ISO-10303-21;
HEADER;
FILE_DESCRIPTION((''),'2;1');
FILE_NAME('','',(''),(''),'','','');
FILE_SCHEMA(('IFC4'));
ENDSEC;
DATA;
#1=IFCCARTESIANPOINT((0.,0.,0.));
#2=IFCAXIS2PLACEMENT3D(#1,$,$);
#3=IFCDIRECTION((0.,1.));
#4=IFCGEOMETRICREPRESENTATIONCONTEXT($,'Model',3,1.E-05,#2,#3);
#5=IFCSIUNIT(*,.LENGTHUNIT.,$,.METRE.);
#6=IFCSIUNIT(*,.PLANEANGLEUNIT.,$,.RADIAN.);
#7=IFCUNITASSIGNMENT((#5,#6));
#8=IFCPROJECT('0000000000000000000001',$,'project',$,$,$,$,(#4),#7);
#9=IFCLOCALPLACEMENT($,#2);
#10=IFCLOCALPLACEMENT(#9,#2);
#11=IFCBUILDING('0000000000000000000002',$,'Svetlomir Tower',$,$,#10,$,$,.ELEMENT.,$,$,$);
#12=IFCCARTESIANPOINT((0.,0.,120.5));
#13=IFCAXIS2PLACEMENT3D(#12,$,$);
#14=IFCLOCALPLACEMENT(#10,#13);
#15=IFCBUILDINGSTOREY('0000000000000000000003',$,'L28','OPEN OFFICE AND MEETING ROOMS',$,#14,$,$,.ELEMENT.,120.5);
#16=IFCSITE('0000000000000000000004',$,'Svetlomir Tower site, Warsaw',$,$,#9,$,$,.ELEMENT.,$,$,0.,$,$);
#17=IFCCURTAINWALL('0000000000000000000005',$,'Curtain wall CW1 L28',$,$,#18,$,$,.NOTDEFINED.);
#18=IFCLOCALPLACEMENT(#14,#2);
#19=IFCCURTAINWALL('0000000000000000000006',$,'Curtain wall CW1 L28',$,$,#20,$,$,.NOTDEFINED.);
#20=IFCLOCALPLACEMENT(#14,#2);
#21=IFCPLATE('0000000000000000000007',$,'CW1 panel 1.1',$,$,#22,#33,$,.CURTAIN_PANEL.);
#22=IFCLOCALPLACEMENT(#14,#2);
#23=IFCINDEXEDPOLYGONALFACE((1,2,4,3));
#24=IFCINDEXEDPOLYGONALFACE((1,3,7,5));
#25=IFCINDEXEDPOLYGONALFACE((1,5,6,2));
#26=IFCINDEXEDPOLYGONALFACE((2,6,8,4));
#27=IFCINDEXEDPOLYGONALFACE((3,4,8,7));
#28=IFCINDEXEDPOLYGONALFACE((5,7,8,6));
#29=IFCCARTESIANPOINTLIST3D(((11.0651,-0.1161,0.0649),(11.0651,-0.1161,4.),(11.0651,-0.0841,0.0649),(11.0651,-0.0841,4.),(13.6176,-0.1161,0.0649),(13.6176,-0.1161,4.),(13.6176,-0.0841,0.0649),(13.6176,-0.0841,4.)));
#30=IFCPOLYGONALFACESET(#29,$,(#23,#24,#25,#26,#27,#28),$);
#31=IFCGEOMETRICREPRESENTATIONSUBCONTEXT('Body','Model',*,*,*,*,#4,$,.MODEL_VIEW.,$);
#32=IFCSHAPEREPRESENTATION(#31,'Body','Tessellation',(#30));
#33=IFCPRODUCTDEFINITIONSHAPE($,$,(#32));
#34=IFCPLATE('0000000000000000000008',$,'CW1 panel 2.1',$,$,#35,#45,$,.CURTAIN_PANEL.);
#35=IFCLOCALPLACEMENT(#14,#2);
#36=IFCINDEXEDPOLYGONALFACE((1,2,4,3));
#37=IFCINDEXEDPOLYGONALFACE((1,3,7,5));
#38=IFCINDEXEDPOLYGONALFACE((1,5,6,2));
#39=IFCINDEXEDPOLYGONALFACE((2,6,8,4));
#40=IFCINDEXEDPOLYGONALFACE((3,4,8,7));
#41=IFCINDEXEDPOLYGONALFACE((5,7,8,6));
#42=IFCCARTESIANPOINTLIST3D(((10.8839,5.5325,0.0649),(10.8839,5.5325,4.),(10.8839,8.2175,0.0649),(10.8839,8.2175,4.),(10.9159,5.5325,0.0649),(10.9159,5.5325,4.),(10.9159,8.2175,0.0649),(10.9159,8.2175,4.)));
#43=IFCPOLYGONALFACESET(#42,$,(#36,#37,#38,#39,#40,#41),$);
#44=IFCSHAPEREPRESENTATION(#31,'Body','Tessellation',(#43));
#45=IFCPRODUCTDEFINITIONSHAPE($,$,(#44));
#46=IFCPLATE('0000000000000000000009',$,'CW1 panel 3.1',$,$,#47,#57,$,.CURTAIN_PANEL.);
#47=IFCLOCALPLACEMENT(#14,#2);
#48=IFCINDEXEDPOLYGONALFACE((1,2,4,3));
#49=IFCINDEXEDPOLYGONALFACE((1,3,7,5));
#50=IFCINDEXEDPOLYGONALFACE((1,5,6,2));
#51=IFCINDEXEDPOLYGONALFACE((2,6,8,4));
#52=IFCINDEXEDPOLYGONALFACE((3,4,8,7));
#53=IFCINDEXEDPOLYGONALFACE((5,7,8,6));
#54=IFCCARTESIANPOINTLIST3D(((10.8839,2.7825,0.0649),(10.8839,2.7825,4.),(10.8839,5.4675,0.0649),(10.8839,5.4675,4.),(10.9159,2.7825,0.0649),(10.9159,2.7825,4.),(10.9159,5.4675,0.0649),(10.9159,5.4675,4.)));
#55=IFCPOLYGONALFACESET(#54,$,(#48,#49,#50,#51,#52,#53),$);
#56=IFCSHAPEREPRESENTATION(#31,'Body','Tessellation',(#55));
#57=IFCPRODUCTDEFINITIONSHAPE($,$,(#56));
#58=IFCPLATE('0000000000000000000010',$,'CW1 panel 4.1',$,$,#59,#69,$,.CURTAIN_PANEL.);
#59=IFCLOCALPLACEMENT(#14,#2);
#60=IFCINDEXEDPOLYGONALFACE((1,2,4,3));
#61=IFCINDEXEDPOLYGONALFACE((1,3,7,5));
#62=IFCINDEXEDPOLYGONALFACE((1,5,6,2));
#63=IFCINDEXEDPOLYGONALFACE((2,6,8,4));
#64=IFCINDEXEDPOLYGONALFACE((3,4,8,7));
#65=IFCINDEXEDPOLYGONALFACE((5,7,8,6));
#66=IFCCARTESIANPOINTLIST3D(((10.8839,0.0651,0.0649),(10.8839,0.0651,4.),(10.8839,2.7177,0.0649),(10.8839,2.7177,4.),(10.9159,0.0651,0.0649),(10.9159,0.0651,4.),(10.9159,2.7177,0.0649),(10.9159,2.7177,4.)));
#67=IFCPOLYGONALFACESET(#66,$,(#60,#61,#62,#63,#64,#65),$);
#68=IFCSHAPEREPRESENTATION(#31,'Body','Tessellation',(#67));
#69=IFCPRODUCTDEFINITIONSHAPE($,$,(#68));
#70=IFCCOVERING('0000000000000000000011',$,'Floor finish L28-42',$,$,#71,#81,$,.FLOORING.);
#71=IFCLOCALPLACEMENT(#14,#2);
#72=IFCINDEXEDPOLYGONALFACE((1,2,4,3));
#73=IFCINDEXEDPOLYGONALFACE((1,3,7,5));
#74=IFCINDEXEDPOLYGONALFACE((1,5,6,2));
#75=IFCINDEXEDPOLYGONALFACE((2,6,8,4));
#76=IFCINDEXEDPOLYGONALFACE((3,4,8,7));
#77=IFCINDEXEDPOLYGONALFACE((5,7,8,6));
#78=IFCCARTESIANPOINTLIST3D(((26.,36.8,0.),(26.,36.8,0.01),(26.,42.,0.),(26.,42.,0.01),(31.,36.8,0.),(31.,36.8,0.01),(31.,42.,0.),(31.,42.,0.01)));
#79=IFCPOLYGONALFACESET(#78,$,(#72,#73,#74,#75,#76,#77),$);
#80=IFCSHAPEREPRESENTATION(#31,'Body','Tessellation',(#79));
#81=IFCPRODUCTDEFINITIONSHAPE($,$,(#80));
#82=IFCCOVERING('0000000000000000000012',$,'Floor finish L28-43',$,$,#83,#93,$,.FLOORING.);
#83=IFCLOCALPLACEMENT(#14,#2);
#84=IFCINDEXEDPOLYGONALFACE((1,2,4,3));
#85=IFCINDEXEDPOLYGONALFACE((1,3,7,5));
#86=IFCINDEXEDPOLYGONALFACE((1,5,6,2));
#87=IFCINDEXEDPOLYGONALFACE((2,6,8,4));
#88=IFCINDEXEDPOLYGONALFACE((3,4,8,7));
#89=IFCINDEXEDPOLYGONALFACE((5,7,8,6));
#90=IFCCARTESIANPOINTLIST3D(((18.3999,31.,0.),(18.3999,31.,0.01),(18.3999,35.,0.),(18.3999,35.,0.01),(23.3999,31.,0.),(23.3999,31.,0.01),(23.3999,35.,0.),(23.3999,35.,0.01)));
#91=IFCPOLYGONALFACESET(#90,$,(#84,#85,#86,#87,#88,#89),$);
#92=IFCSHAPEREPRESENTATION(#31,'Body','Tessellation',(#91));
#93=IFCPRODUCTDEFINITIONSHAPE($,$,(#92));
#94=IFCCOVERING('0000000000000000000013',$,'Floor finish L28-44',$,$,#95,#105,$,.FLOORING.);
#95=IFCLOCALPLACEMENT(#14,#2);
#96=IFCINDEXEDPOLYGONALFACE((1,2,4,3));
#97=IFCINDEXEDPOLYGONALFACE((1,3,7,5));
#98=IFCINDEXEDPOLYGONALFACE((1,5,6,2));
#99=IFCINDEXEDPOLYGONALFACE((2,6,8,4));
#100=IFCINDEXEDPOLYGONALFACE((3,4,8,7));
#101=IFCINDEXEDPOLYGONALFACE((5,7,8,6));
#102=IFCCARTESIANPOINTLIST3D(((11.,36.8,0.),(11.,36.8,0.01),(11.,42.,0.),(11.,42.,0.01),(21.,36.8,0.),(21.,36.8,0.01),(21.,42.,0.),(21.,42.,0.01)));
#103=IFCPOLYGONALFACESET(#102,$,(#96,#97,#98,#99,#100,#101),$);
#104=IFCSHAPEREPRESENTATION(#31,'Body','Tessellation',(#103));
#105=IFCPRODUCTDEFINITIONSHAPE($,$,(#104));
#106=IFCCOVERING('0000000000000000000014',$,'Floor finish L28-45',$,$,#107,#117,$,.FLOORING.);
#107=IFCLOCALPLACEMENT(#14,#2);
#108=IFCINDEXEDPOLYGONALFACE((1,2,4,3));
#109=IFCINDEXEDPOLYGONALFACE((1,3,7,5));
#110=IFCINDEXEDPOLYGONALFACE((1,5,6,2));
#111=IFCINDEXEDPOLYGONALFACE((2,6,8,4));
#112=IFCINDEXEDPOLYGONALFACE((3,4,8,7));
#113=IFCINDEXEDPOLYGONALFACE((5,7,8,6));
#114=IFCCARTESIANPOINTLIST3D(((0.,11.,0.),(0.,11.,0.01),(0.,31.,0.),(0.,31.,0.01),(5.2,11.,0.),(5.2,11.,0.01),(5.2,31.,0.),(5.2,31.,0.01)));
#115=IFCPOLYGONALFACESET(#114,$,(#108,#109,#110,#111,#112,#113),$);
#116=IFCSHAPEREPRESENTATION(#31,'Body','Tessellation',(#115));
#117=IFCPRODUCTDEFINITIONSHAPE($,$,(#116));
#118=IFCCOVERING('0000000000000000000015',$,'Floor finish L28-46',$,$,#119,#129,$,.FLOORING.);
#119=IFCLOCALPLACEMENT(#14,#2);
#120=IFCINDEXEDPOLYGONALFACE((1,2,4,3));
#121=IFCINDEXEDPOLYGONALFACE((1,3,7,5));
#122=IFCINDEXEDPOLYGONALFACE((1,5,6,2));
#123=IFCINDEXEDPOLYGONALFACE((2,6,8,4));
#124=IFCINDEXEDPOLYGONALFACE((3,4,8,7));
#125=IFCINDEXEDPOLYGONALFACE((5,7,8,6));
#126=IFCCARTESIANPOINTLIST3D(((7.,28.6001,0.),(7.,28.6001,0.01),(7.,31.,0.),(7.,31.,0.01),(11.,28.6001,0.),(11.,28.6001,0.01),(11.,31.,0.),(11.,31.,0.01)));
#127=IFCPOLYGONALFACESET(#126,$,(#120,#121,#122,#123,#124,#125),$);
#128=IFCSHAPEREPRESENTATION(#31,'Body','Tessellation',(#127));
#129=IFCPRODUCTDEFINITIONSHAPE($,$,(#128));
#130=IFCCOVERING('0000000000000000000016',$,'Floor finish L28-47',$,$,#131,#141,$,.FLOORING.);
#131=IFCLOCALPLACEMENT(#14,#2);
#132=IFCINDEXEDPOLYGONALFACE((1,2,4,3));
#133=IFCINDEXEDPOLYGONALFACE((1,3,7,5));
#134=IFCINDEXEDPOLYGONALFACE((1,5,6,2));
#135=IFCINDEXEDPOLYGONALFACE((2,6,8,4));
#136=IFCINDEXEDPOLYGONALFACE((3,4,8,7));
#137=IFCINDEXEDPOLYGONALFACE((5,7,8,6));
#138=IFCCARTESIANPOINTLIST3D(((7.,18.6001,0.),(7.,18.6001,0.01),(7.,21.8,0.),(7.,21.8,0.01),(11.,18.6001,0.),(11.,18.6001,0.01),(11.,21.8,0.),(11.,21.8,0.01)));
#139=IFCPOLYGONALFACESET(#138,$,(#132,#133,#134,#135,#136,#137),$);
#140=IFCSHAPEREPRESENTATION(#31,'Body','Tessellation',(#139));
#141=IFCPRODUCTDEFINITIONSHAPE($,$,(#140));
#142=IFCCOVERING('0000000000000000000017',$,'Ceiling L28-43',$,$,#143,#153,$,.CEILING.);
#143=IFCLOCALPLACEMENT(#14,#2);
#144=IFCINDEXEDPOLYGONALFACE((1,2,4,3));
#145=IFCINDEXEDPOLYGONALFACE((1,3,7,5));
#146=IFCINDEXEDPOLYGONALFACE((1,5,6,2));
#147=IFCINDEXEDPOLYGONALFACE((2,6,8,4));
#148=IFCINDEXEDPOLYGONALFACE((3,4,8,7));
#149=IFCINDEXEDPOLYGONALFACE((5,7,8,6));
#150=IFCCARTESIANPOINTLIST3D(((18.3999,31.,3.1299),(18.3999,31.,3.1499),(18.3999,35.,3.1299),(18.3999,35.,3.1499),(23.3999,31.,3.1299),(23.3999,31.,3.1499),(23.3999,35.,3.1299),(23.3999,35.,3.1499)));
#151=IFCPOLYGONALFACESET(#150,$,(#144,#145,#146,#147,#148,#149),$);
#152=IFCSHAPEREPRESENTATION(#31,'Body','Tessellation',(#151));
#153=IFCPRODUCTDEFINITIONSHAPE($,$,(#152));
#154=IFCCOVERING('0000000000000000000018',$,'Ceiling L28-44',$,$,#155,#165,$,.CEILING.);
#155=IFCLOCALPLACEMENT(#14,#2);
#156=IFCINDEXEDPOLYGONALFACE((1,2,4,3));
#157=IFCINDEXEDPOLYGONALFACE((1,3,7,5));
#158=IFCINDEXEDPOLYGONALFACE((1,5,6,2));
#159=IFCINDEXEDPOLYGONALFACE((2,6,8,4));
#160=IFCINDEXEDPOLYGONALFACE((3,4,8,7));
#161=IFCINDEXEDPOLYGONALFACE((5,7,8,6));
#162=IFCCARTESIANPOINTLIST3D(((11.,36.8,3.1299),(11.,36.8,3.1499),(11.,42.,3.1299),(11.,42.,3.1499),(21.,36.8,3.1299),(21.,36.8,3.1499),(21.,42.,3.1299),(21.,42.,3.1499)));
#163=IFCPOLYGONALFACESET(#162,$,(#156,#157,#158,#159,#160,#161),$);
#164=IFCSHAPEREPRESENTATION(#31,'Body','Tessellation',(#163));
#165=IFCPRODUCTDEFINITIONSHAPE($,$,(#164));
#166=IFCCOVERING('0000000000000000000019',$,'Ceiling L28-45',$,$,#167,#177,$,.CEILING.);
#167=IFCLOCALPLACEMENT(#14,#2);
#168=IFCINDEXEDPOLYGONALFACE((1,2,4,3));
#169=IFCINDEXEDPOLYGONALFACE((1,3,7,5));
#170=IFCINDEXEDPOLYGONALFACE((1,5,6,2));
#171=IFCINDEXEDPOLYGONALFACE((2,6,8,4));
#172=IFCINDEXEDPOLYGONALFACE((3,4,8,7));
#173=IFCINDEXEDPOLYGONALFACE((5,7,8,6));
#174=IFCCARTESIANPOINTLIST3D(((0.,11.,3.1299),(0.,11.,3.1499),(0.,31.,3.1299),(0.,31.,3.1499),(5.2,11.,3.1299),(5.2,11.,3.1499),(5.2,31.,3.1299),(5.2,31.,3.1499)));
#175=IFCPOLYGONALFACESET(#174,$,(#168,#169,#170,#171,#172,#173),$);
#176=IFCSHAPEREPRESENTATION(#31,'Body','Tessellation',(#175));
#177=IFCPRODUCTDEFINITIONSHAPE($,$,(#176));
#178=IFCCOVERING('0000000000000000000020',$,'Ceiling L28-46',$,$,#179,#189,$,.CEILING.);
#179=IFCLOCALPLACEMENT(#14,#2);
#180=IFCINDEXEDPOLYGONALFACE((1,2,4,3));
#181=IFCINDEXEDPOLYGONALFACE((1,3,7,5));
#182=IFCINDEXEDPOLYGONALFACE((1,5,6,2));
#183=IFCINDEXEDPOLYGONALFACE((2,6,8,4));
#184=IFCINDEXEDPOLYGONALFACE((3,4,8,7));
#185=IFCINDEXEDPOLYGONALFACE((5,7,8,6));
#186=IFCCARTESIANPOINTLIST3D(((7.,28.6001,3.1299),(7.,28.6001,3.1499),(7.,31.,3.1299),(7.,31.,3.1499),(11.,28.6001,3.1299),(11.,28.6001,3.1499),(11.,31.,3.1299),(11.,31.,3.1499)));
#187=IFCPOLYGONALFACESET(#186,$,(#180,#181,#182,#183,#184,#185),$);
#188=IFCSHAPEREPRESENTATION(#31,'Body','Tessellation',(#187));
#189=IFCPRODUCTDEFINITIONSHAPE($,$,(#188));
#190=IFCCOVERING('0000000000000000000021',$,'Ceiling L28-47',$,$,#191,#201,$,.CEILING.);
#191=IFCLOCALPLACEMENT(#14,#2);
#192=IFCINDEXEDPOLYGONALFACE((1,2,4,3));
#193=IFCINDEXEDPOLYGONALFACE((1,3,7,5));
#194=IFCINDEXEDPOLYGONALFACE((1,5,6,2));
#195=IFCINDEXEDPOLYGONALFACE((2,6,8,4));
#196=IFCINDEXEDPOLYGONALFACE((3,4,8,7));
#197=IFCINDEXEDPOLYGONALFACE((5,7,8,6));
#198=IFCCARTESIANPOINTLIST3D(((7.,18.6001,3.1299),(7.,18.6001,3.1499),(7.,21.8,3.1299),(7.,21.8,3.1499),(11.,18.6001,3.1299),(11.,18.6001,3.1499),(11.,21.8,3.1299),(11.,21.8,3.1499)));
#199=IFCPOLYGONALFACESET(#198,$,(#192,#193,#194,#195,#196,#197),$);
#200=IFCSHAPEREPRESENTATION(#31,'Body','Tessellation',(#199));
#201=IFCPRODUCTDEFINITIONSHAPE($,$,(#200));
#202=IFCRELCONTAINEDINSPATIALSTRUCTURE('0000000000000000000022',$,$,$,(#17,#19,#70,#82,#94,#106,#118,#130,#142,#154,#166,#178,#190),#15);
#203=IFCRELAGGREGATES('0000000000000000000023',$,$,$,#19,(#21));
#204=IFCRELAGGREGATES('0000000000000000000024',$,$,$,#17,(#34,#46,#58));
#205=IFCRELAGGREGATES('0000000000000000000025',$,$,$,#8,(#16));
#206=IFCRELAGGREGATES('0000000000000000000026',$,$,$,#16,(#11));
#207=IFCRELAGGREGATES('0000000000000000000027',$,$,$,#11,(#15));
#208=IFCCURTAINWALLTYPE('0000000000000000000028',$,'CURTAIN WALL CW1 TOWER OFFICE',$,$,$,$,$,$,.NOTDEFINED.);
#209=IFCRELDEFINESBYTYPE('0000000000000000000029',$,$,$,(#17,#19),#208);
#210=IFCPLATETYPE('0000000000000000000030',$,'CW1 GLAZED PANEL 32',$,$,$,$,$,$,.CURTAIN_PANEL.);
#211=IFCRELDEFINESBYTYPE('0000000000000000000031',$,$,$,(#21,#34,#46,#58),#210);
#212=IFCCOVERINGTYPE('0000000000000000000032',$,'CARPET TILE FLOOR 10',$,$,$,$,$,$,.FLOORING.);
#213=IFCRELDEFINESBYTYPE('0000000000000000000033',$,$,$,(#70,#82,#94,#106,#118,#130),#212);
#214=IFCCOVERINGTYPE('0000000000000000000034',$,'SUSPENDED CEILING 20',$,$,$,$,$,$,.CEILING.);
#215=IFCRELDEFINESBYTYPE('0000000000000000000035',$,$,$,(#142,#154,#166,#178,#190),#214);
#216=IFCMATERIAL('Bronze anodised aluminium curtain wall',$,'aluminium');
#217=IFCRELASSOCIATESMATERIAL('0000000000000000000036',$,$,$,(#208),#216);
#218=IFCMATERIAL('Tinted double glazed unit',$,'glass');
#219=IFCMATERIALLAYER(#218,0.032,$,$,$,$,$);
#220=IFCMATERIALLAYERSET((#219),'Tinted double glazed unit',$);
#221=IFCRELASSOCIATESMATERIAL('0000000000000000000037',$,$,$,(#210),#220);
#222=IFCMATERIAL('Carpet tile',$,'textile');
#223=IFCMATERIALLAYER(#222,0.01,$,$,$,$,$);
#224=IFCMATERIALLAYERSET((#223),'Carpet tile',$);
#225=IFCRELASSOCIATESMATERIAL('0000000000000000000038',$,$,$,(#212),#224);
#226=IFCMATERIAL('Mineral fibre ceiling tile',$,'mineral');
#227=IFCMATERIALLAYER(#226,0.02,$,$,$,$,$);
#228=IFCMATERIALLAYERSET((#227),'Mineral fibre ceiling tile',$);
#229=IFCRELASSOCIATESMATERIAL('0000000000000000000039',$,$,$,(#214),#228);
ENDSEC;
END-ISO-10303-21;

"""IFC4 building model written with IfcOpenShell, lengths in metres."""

from ifc_helpers import new_model, si_unit, direction, frame, origin, origin_2d, place, context, subcontext, project, spatial, polyline, rectangle, outline, extrude, material, layer, layer_set, type_object, element, aggregate, save


model = new_model("IFC4")

# Units and contexts
model_context = context("Model", 3, precision=1e-05, world=origin(), true_north=direction((0.0, 1.0)))
body_context = subcontext(model_context, "Body", "Model", "MODEL_VIEW")
ifc_project = project(units=[si_unit("LENGTHUNIT", "METRE"), si_unit("PLANEANGLEUNIT", "RADIAN")], contexts=[model_context])

# Site, building, storey
site_placement = place(None, origin())
site = spatial("IfcSite", under=ifc_project, at=site_placement, Name="Svetlomir Tower site, Warsaw", CompositionType="ELEMENT", RefElevation=0.0)
building_placement = place(site_placement, origin())
building = spatial("IfcBuilding", under=site, at=building_placement, Name="Svetlomir Tower", CompositionType="ELEMENT")
storey_placement = place(building_placement, frame((0.0, 0.0, 120.5)))
storey = spatial("IfcBuildingStorey", under=building, at=storey_placement, Name="L28", Description="OPEN OFFICE AND MEETING ROOMS", CompositionType="ELEMENT", Elevation=120.5)

# Curtain wall
ifc_material_1 = material(Name="Bronze anodised aluminium curtain wall", Category="aluminium")
curtain_wall_type = type_object("IfcCurtainWallType", Name="CURTAIN WALL CW1 TOWER OFFICE", PredefinedType="NOTDEFINED", material=ifc_material_1)
curtain_wall_1_placement = place(storey_placement, origin())
curtain_wall_1 = element("IfcCurtainWall", 1, at=curtain_wall_1_placement, inside=storey, type_object=curtain_wall_type, Name="Curtain wall CW1 L28", PredefinedType="NOTDEFINED")

# Curtain wall
curtain_wall_2_placement = place(storey_placement, origin())
curtain_wall_2 = element("IfcCurtainWall", 2, at=curtain_wall_2_placement, inside=storey, type_object=curtain_wall_type, Name="Curtain wall CW1 L28", PredefinedType="NOTDEFINED")

# Plates
ifc_material_2 = material(Name="Tinted double glazed unit", Category="glass")
ifc_layer_1 = layer(ifc_material_2, 0.032)
ifc_layer_set_1 = layer_set([ifc_layer_1], Name="Tinted double glazed unit")
plate_type = type_object("IfcPlateType", Name="CW1 GLAZED PANEL 32", PredefinedType="CURTAIN_PANEL", material=ifc_layer_set_1)
plate_1_placement = place(storey_placement, frame((12.3413, -0.1001, 0.0649), z_axis=(0.0, 0.0, 1.0), x_axis=(1.0, 0.0, 0.0)))
plate_1 = element("IfcPlate", 3, at=plate_1_placement, type_object=plate_type, Name="CW1 panel 1.1", PredefinedType="CURTAIN_PANEL", context=body_context, shape_type="SweptSolid", body=[
    extrude(rectangle(XDim=2.5525, YDim=0.032, at=origin_2d()), origin(), (0.0, 0.0, 1.0), 3.9351),
])
aggregate(curtain_wall_2, [plate_1])
plate_2_placement = place(storey_placement, frame((10.8999, 6.875, 0.0649), z_axis=(0.0, 0.0, 1.0), x_axis=(0.0, -1.0, 0.0)))
plate_2 = element("IfcPlate", 4, at=plate_2_placement, type_object=plate_type, Name="CW1 panel 2.1", PredefinedType="CURTAIN_PANEL", context=body_context, shape_type="SweptSolid", body=[
    extrude(rectangle(XDim=2.6851, YDim=0.032, at=origin_2d()), origin(), (0.0, 0.0, 1.0), 3.9351),
])
plate_3_placement = place(storey_placement, frame((10.8999, 4.125, 0.0649), z_axis=(0.0, 0.0, 1.0), x_axis=(0.0, -1.0, 0.0)))
plate_3 = element("IfcPlate", 5, at=plate_3_placement, type_object=plate_type, Name="CW1 panel 3.1", PredefinedType="CURTAIN_PANEL", context=body_context, shape_type="SweptSolid", body=[
    extrude(rectangle(XDim=2.6851, YDim=0.032, at=origin_2d()), origin(), (0.0, 0.0, 1.0), 3.9351),
])
plate_4_placement = place(storey_placement, frame((10.8999, 1.3914, 0.0649), z_axis=(0.0, 0.0, 1.0), x_axis=(0.0, -1.0, 0.0)))
plate_4 = element("IfcPlate", 6, at=plate_4_placement, type_object=plate_type, Name="CW1 panel 4.1", PredefinedType="CURTAIN_PANEL", context=body_context, shape_type="SweptSolid", body=[
    extrude(rectangle(XDim=2.6526, YDim=0.032, at=origin_2d()), origin(), (0.0, 0.0, 1.0), 3.9351),
])
aggregate(curtain_wall_1, [plate_2, plate_3, plate_4])

# Coverings
ifc_material_3 = material(Name="Carpet tile", Category="textile")
ifc_layer_2 = layer(ifc_material_3, 0.01)
ifc_layer_set_2 = layer_set([ifc_layer_2], Name="Carpet tile")
covering_type_1 = type_object("IfcCoveringType", Name="CARPET TILE FLOOR 10", PredefinedType="FLOORING", material=ifc_layer_set_2)
covering_1_placement = place(storey_placement, origin())
element("IfcCovering", 7, at=covering_1_placement, inside=storey, type_object=covering_type_1, Name="Floor finish L28-42", PredefinedType="FLOORING", context=body_context, shape_type="SweptSolid", body=[
    extrude(outline(polyline([(26.0, 36.8), (26.0, 42.0), (31.0, 42.0), (31.0, 36.8), (26.0, 36.8)])), origin(), (0.0, 0.0, 1.0), 0.01),
])
covering_2_placement = place(storey_placement, origin())
element("IfcCovering", 8, at=covering_2_placement, inside=storey, type_object=covering_type_1, Name="Floor finish L28-43", PredefinedType="FLOORING", context=body_context, shape_type="SweptSolid", body=[
    extrude(outline(polyline([(18.3999, 31.0), (18.3999, 35.0), (23.3999, 35.0), (23.3999, 31.0), (18.3999, 31.0)])), origin(), (0.0, 0.0, 1.0), 0.01),
])
covering_3_placement = place(storey_placement, origin())
element("IfcCovering", 9, at=covering_3_placement, inside=storey, type_object=covering_type_1, Name="Floor finish L28-44", PredefinedType="FLOORING", context=body_context, shape_type="SweptSolid", body=[
    extrude(outline(polyline([(21.0, 42.0), (21.0, 36.8), (11.0, 36.8), (11.0, 42.0), (21.0, 42.0)])), origin(), (0.0, 0.0, 1.0), 0.01),
])
covering_4_placement = place(storey_placement, origin())
element("IfcCovering", 10, at=covering_4_placement, inside=storey, type_object=covering_type_1, Name="Floor finish L28-45", PredefinedType="FLOORING", context=body_context, shape_type="SweptSolid", body=[
    extrude(outline(polyline([(5.2, 31.0), (5.2, 11.0), (0.0, 11.0), (0.0, 31.0), (5.2, 31.0)])), origin(), (0.0, 0.0, 1.0), 0.01),
])
covering_5_placement = place(storey_placement, origin())
element("IfcCovering", 11, at=covering_5_placement, inside=storey, type_object=covering_type_1, Name="Floor finish L28-46", PredefinedType="FLOORING", context=body_context, shape_type="SweptSolid", body=[
    extrude(outline(polyline([(11.0, 28.6001), (7.0, 28.6001), (7.0, 31.0), (11.0, 31.0), (11.0, 28.6001)])), origin(), (0.0, 0.0, 1.0), 0.01),
])
covering_6_placement = place(storey_placement, origin())
element("IfcCovering", 12, at=covering_6_placement, inside=storey, type_object=covering_type_1, Name="Floor finish L28-47", PredefinedType="FLOORING", context=body_context, shape_type="SweptSolid", body=[
    extrude(outline(polyline([(7.0, 18.6001), (7.0, 21.8), (11.0, 21.8), (11.0, 18.6001), (7.0, 18.6001)])), origin(), (0.0, 0.0, 1.0), 0.01),
])
ifc_material_4 = material(Name="Mineral fibre ceiling tile", Category="mineral")
ifc_layer_3 = layer(ifc_material_4, 0.02)
ifc_layer_set_3 = layer_set([ifc_layer_3], Name="Mineral fibre ceiling tile")
covering_type_2 = type_object("IfcCoveringType", Name="SUSPENDED CEILING 20", PredefinedType="CEILING", material=ifc_layer_set_3)
covering_7_placement = place(storey_placement, frame((0.0, 0.0, 3.1299)))
element("IfcCovering", 13, at=covering_7_placement, inside=storey, type_object=covering_type_2, Name="Ceiling L28-43", PredefinedType="CEILING", context=body_context, shape_type="SweptSolid", body=[
    extrude(outline(polyline([(18.3999, 31.0), (18.3999, 35.0), (23.3999, 35.0), (23.3999, 31.0), (18.3999, 31.0)])), origin(), (0.0, 0.0, 1.0), 0.02),
])
covering_8_placement = place(storey_placement, frame((0.0, 0.0, 3.1299)))
element("IfcCovering", 14, at=covering_8_placement, inside=storey, type_object=covering_type_2, Name="Ceiling L28-44", PredefinedType="CEILING", context=body_context, shape_type="SweptSolid", body=[
    extrude(outline(polyline([(21.0, 42.0), (21.0, 36.8), (11.0, 36.8), (11.0, 42.0), (21.0, 42.0)])), origin(), (0.0, 0.0, 1.0), 0.02),
])
covering_9_placement = place(storey_placement, frame((0.0, 0.0, 3.1299)))
element("IfcCovering", 15, at=covering_9_placement, inside=storey, type_object=covering_type_2, Name="Ceiling L28-45", PredefinedType="CEILING", context=body_context, shape_type="SweptSolid", body=[
    extrude(outline(polyline([(5.2, 31.0), (5.2, 11.0), (0.0, 11.0), (0.0, 31.0), (5.2, 31.0)])), origin(), (0.0, 0.0, 1.0), 0.02),
])
covering_10_placement = place(storey_placement, frame((0.0, 0.0, 3.1299)))
element("IfcCovering", 16, at=covering_10_placement, inside=storey, type_object=covering_type_2, Name="Ceiling L28-46", PredefinedType="CEILING", context=body_context, shape_type="SweptSolid", body=[
    extrude(outline(polyline([(11.0, 28.6001), (7.0, 28.6001), (7.0, 31.0), (11.0, 31.0), (11.0, 28.6001)])), origin(), (0.0, 0.0, 1.0), 0.02),
])
covering_11_placement = place(storey_placement, frame((0.0, 0.0, 3.1299)))
element("IfcCovering", 17, at=covering_11_placement, inside=storey, type_object=covering_type_2, Name="Ceiling L28-47", PredefinedType="CEILING", context=body_context, shape_type="SweptSolid", body=[
    extrude(outline(polyline([(7.0, 18.6001), (7.0, 21.8), (11.0, 21.8), (11.0, 18.6001), (7.0, 18.6001)])), origin(), (0.0, 0.0, 1.0), 0.02),
])

save(model, "model.ifc")
